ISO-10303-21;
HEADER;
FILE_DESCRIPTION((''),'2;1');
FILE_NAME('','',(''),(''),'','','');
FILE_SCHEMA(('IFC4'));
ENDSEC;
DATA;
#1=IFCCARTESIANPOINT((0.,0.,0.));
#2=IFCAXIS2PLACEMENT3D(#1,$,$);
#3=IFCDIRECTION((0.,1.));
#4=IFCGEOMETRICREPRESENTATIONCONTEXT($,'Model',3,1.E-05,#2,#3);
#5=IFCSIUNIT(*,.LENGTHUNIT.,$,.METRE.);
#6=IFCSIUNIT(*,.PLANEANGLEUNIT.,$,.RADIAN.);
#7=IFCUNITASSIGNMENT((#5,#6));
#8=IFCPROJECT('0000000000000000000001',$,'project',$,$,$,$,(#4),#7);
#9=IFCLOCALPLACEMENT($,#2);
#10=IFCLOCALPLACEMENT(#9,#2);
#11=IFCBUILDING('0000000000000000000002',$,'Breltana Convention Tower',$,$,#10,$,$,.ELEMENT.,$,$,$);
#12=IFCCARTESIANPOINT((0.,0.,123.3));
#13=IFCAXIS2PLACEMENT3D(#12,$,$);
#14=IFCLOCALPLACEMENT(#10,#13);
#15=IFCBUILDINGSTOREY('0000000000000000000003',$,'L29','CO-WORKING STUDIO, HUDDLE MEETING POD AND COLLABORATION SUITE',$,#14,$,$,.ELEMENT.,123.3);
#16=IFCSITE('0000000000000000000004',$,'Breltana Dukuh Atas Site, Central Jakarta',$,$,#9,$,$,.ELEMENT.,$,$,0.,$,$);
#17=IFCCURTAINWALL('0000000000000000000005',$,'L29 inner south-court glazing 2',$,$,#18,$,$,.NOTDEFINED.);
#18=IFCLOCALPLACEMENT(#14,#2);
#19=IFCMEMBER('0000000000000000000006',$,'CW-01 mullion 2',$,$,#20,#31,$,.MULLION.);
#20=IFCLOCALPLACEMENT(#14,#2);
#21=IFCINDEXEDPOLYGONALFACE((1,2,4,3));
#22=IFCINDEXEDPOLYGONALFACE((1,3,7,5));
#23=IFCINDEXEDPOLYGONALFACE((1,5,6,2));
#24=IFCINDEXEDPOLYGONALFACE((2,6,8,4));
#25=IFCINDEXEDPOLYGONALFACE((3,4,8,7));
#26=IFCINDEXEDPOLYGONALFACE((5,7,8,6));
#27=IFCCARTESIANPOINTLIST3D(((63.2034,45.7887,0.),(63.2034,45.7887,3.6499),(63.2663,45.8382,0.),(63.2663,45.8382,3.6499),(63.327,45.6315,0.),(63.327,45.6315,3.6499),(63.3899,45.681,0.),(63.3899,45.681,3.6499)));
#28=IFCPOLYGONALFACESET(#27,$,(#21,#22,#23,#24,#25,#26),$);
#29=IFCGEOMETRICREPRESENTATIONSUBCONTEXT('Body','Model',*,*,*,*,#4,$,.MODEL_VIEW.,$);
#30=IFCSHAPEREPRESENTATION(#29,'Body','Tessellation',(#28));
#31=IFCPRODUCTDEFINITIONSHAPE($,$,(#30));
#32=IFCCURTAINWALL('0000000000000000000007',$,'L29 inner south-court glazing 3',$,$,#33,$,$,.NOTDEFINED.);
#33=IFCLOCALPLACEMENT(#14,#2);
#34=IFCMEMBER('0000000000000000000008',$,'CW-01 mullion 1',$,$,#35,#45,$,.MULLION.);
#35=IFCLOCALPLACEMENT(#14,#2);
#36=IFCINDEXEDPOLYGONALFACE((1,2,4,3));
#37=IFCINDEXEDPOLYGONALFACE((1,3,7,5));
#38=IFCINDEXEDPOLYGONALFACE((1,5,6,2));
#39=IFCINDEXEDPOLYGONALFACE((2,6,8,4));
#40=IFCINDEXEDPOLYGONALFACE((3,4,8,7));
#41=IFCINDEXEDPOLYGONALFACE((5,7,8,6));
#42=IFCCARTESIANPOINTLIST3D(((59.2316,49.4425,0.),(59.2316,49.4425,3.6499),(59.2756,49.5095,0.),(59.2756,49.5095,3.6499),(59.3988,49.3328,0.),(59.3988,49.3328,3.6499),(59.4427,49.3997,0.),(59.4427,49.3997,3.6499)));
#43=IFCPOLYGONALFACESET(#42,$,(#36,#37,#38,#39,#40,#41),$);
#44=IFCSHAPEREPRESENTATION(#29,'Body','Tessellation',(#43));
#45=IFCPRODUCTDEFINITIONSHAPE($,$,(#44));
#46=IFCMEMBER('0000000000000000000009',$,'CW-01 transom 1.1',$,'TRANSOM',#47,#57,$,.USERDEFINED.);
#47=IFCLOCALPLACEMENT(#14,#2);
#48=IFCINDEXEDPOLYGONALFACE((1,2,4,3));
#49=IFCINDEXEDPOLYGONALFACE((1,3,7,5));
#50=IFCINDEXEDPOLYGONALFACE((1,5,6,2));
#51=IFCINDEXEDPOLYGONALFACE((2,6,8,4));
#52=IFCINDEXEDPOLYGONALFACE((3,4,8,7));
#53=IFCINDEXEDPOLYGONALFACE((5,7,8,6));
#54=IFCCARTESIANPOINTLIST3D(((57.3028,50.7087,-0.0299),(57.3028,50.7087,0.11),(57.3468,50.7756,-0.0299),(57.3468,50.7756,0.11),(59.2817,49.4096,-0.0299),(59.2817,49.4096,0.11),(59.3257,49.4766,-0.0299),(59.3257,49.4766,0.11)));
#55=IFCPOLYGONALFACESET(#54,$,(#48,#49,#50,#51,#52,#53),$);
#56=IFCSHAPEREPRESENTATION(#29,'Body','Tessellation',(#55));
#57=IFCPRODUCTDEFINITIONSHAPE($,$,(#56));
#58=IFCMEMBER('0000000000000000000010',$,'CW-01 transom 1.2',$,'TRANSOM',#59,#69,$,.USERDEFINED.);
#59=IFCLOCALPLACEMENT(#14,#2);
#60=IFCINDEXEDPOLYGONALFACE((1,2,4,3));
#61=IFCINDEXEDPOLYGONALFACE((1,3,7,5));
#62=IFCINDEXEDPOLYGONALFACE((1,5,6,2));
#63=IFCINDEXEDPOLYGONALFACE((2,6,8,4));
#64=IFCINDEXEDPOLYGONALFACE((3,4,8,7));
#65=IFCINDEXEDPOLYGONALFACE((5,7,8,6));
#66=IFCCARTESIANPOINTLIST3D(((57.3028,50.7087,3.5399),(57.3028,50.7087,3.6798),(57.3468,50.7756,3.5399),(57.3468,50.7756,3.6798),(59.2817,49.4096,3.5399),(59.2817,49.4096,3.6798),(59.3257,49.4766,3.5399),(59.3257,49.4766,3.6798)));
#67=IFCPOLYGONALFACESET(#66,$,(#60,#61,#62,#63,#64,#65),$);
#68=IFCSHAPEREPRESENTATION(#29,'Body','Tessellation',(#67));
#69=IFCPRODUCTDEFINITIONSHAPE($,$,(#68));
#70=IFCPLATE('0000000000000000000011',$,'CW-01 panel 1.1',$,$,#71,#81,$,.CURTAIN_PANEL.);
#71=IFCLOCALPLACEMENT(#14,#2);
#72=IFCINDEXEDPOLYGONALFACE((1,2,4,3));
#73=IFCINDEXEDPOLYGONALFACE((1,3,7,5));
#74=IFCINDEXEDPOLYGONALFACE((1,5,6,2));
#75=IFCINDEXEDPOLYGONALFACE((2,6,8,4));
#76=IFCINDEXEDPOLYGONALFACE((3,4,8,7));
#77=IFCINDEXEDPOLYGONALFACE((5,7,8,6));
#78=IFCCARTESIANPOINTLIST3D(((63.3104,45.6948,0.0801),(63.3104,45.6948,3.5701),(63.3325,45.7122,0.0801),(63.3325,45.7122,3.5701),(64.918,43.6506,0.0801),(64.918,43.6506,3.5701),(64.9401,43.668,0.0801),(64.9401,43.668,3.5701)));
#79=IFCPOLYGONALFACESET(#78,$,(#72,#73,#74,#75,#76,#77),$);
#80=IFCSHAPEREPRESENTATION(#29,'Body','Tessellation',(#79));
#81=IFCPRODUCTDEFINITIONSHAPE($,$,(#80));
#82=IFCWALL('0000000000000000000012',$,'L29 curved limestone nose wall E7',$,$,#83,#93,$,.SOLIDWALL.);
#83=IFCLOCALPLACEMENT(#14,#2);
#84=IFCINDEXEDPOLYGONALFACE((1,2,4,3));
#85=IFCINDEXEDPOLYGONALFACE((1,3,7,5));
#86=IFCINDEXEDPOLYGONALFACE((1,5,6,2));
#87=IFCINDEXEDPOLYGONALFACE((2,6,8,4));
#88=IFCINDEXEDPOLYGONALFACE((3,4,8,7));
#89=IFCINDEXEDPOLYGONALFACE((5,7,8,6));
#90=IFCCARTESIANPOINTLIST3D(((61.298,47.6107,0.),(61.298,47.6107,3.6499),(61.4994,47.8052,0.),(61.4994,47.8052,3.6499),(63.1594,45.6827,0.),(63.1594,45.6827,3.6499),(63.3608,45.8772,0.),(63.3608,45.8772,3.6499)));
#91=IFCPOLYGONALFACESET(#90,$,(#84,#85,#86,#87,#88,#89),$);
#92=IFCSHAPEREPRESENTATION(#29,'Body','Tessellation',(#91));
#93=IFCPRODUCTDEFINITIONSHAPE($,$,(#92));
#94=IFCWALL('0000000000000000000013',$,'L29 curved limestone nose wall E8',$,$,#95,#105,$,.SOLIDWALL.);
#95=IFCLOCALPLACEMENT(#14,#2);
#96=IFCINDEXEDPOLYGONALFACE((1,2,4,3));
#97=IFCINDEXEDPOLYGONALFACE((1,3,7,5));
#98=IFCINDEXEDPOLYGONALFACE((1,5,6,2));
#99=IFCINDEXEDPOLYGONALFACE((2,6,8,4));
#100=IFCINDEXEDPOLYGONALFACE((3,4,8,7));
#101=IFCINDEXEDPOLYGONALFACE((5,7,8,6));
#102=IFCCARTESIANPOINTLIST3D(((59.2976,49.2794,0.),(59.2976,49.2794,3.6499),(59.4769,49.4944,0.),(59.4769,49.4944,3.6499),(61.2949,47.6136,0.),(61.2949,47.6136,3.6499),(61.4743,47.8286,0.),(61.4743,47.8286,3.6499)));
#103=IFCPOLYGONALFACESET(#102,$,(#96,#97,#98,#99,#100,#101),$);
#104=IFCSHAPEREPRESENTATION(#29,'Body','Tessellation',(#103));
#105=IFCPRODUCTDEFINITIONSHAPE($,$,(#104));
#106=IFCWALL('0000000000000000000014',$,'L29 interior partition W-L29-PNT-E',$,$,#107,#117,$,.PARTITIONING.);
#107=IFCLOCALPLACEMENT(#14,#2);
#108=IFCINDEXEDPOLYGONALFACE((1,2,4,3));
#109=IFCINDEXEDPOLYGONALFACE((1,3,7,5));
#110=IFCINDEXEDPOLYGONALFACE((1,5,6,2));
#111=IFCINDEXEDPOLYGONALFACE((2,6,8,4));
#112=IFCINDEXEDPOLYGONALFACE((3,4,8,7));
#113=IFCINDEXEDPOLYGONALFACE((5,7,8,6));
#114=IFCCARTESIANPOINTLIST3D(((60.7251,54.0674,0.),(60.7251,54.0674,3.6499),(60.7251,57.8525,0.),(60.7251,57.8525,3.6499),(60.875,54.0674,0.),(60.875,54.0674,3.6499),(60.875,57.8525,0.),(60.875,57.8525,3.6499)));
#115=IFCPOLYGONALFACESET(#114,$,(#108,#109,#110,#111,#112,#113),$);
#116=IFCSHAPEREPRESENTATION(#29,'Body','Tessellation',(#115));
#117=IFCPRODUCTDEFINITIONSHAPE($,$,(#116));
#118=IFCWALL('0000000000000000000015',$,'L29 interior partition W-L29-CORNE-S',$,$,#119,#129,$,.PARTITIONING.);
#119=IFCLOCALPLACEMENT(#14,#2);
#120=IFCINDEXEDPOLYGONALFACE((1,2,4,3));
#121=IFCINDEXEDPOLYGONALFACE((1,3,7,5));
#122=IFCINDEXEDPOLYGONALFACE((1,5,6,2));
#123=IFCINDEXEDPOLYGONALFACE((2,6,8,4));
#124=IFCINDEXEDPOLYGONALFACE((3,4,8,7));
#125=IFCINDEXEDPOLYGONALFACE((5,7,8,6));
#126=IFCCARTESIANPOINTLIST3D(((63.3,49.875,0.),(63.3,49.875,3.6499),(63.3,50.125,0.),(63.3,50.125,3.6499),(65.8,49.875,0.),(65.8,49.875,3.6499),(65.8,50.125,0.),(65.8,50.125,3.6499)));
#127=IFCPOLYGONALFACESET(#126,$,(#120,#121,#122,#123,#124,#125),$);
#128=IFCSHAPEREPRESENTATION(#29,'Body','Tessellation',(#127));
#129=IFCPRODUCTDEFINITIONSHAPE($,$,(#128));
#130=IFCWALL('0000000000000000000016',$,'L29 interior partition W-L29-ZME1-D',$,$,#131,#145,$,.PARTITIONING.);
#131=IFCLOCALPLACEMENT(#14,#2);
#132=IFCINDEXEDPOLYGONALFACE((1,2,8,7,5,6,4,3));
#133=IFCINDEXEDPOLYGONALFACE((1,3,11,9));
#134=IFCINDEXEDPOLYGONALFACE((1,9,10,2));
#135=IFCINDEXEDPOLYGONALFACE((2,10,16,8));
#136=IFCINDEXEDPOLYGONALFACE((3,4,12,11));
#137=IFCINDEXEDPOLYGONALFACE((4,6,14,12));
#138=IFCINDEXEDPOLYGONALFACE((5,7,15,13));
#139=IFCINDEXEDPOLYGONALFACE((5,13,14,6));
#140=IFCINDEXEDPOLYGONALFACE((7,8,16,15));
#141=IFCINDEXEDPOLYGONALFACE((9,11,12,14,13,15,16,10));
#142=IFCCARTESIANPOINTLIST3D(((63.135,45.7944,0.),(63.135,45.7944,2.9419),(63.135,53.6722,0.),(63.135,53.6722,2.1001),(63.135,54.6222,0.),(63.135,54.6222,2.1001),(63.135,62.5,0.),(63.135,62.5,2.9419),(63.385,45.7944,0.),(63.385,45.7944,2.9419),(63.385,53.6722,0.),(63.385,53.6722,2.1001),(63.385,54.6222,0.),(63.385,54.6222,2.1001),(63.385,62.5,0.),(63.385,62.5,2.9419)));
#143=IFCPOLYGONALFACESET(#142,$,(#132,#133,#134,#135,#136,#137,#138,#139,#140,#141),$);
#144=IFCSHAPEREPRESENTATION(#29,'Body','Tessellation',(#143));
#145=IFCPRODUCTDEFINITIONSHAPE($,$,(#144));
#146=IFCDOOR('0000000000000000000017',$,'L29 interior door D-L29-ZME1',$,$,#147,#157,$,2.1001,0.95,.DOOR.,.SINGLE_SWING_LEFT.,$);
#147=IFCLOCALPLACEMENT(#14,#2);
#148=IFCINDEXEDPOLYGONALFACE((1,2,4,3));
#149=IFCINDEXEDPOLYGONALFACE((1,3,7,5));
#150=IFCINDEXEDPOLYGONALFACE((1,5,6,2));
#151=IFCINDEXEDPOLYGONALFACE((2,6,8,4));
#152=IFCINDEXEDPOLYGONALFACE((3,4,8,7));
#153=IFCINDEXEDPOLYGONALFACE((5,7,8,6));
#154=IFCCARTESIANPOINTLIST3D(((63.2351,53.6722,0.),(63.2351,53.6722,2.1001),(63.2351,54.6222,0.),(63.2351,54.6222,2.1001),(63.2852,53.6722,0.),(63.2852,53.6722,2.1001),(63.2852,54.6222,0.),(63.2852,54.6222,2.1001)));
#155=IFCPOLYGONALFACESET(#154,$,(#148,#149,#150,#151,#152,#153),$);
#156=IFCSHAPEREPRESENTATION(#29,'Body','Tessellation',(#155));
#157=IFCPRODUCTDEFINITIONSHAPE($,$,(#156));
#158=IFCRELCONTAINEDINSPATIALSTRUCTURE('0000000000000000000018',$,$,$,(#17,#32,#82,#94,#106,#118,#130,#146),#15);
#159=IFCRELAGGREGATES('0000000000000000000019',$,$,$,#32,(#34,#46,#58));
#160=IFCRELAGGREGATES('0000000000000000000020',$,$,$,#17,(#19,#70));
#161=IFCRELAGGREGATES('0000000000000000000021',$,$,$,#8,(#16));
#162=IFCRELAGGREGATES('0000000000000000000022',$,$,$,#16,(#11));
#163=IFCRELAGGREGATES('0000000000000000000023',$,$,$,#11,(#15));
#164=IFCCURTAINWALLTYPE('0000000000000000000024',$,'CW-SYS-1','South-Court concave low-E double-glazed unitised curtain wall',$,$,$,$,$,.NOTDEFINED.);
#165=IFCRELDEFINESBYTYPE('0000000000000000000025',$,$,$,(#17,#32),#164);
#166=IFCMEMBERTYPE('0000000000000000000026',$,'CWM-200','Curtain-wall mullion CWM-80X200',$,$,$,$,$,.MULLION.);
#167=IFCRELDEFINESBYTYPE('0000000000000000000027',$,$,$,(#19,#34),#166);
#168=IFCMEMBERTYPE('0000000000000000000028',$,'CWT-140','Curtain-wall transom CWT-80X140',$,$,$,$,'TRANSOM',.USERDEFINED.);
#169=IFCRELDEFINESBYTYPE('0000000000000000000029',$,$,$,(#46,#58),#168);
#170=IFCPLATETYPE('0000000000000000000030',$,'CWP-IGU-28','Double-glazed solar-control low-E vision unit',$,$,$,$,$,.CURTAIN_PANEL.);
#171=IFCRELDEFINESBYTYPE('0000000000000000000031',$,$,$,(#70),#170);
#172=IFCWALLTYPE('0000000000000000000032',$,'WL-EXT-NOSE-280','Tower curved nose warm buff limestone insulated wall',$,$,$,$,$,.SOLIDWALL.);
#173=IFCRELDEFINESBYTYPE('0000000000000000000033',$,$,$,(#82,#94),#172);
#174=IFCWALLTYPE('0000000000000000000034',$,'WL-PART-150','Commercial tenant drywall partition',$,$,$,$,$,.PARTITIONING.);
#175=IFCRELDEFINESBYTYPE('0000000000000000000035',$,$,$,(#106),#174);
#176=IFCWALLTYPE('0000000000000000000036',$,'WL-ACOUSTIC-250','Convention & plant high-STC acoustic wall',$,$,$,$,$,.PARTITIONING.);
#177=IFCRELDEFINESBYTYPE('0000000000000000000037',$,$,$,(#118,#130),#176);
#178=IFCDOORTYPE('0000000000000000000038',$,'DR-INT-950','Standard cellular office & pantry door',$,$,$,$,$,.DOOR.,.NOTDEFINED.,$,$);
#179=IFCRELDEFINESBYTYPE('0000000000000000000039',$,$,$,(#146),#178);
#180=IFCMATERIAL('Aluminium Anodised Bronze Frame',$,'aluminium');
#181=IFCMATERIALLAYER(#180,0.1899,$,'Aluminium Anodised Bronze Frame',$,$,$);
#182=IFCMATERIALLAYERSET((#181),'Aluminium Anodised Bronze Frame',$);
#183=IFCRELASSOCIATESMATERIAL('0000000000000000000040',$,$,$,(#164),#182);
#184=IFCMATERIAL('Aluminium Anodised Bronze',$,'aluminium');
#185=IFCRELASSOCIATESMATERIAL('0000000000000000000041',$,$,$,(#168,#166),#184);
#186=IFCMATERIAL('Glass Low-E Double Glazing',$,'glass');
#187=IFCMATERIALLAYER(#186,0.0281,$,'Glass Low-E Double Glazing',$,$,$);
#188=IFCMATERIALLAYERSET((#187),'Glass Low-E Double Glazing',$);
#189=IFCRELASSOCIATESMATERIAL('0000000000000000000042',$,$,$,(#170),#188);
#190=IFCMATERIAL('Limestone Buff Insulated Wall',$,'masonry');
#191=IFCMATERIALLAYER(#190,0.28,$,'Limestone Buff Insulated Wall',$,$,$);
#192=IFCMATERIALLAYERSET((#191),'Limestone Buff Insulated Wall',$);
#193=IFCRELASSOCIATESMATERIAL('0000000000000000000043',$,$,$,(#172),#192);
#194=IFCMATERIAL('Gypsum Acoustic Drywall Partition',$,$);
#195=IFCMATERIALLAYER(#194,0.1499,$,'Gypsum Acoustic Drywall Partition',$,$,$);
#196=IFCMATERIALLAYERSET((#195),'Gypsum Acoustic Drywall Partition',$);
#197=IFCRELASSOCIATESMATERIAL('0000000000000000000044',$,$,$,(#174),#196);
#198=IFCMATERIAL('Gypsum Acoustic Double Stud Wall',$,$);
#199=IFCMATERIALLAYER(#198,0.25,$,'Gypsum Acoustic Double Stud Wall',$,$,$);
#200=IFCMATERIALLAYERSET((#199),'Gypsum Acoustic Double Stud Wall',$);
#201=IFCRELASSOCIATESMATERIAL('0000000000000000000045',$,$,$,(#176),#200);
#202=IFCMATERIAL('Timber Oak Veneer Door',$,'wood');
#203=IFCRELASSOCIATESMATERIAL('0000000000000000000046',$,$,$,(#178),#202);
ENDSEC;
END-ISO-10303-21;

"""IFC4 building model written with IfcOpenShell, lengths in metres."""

from ifc_helpers import new_model, si_unit, direction, frame, frame_2d, origin, origin_2d, place, context, subcontext, project, spatial, rectangle, extrude, source, transform, mapped, material, layer, layer_set, material_profile, profile_set, type_object, type_shapes, element, fill, aggregate, save


model = new_model("IFC4")

# Units and contexts
model_context = context("Model", 3, precision=1e-05, world=origin(), true_north=direction((0.0, 1.0)))
body_context = subcontext(model_context, "Body", "Model", "MODEL_VIEW")
ifc_project = project(units=[si_unit("LENGTHUNIT", "METRE"), si_unit("PLANEANGLEUNIT", "RADIAN")], contexts=[model_context])

# Site, building, storey
site_placement = place(None, origin())
site = spatial("IfcSite", under=ifc_project, at=site_placement, Name="Breltana Dukuh Atas Site, Central Jakarta", CompositionType="ELEMENT", RefElevation=0.0)
building_placement = place(site_placement, origin())
building = spatial("IfcBuilding", under=site, at=building_placement, Name="Breltana Convention Tower", CompositionType="ELEMENT")
storey_placement = place(building_placement, frame((0.0, 0.0, 123.3)))
storey = spatial("IfcBuildingStorey", under=building, at=storey_placement, Name="L29", Description="CO-WORKING STUDIO, HUDDLE MEETING POD AND COLLABORATION SUITE", CompositionType="ELEMENT", Elevation=123.3)

# Curtain walls, members
ifc_material_1 = material(Name="Aluminium Anodised Bronze Frame", Category="aluminium")
ifc_layer_1 = layer(ifc_material_1, 0.1899, Name="Aluminium Anodised Bronze Frame")
ifc_layer_set_1 = layer_set([ifc_layer_1], Name="Aluminium Anodised Bronze Frame")
curtain_wall_type = type_object("IfcCurtainWallType", Name="CW-SYS-1", Description="South-Court concave low-E double-glazed unitised curtain wall", PredefinedType="NOTDEFINED", material=ifc_layer_set_1)
curtain_wall_1_placement = place(storey_placement, origin())
curtain_wall_1 = element("IfcCurtainWall", 1, at=curtain_wall_1_placement, inside=storey, type_object=curtain_wall_type, Name="L29 inner south-court glazing 2", PredefinedType="NOTDEFINED")
ifc_material_2 = material(Name="Aluminium Anodised Bronze", Category="aluminium")
ifc_material_profile_1 = material_profile(ifc_material_2, rectangle(XDim=0.0801, YDim=0.1399, at=origin_2d()), Name="CWT-80X140")
ifc_profile_set_1 = profile_set([ifc_material_profile_1], Name="Aluminium Anodised Bronze")
member_type_1 = type_object("IfcMemberType", Name="CWT-140", Description="Curtain-wall transom CWT-80X140", ElementType="TRANSOM", PredefinedType="USERDEFINED", material=ifc_profile_set_1)
ifc_material_profile_2 = material_profile(ifc_material_2, rectangle(XDim=0.0801, YDim=0.2, at=origin_2d()), Name="CWM-80X200")
ifc_profile_set_2 = profile_set([ifc_material_profile_2], Name="Aluminium Anodised Bronze")
member_type_2 = type_object("IfcMemberType", Name="CWM-200", Description="Curtain-wall mullion CWM-80X200", PredefinedType="MULLION", material=ifc_profile_set_2)
shared_shape_1 = source(origin(), body_context, "Body", "SweptSolid", [
    extrude(rectangle(XDim=0.0801, YDim=0.2, at=origin_2d()), origin(), (0.0, 0.0, 1.0), 3.6499),
])
member_1_placement = place(storey_placement, frame((63.2966, 45.7349, 0.0), z_axis=(0.0, 0.0, 1.0), x_axis=(-0.786054, -0.618157, 0.0)))
member_1 = element("IfcMember", 2, at=member_1_placement, type_object=member_type_2, Name="CW-01 mullion 2", PredefinedType="MULLION", context=body_context, shape_type="MappedRepresentation", body=[
    mapped(shared_shape_1, transform((0.0, 0.0, 0.0), scale=1.0)),
])
curtain_wall_2_placement = place(storey_placement, origin())
curtain_wall_2 = element("IfcCurtainWall", 3, at=curtain_wall_2_placement, inside=storey, type_object=curtain_wall_type, Name="L29 inner south-court glazing 3", PredefinedType="NOTDEFINED")
member_2_placement = place(storey_placement, frame((59.3372, 49.4211, 0.0), z_axis=(0.0, 0.0, 1.0), x_axis=(-0.548778, -0.835968, 0.0)))
member_2 = element("IfcMember", 4, at=member_2_placement, type_object=member_type_2, Name="CW-01 mullion 1", PredefinedType="MULLION", context=body_context, shape_type="MappedRepresentation", body=[
    mapped(shared_shape_1, transform((0.0, 0.0, 0.0), scale=1.0)),
])
shared_shape_2 = source(origin(), body_context, "Body", "SweptSolid", [
    extrude(rectangle(XDim=0.0801, YDim=0.1399, at=origin_2d()), origin(), (0.0, 0.0, 1.0), 2.3672),
])
member_3_placement = place(storey_placement, frame((59.3037, 49.4431, 0.04), z_axis=(-0.83598, 0.54876, 0.0), x_axis=(-0.54876, -0.83598, 0.0)))
member_3 = element("IfcMember", 5, at=member_3_placement, type_object=member_type_1, Name="CW-01 transom 1.1", ObjectType="TRANSOM", PredefinedType="USERDEFINED", context=body_context, shape_type="MappedRepresentation", body=[
    mapped(shared_shape_2, transform((0.0, 0.0, 0.0), scale=1.0)),
])
member_4_placement = place(storey_placement, frame((59.3037, 49.4431, 3.6099), z_axis=(-0.83598, 0.54876, 0.0), x_axis=(-0.54876, -0.83598, 0.0)))
member_4 = element("IfcMember", 6, at=member_4_placement, type_object=member_type_1, Name="CW-01 transom 1.2", ObjectType="TRANSOM", PredefinedType="USERDEFINED", context=body_context, shape_type="MappedRepresentation", body=[
    mapped(shared_shape_2, transform((0.0, 0.0, 0.0), scale=1.0)),
])
aggregate(curtain_wall_2, [member_2, member_3, member_4])

# Plate
ifc_material_3 = material(Name="Glass Low-E Double Glazing", Category="glass")
ifc_layer_2 = layer(ifc_material_3, 0.0281, Name="Glass Low-E Double Glazing")
ifc_layer_set_2 = layer_set([ifc_layer_2], Name="Glass Low-E Double Glazing")
plate_type = type_object("IfcPlateType", Name="CWP-IGU-28", Description="Double-glazed solar-control low-E vision unit", PredefinedType="CURTAIN_PANEL", material=ifc_layer_set_2)
shared_shape_3 = source(origin(), body_context, "Body", "SweptSolid", [
    extrude(rectangle(XDim=2.6006, YDim=0.0281, at=origin_2d()), origin(), (0.0, 0.0, 1.0), 3.49),
])
plate_placement = place(storey_placement, frame((64.1252, 44.6814, 0.0801), z_axis=(0.0, 0.0, 1.0), x_axis=(-0.618157, 0.786054, 0.0)))
plate = element("IfcPlate", 7, at=plate_placement, type_object=plate_type, Name="CW-01 panel 1.1", PredefinedType="CURTAIN_PANEL", context=body_context, shape_type="MappedRepresentation", body=[
    mapped(shared_shape_3, transform((0.0, 0.0, 0.0), scale=1.0)),
])
aggregate(curtain_wall_1, [member_1, plate])

# Walls
ifc_material_4 = material(Name="Limestone Buff Insulated Wall", Category="masonry")
ifc_layer_3 = layer(ifc_material_4, 0.28, Name="Limestone Buff Insulated Wall")
ifc_layer_set_3 = layer_set([ifc_layer_3], Name="Limestone Buff Insulated Wall")
wall_type_1 = type_object("IfcWallType", Name="WL-EXT-NOSE-280", Description="Tower curved nose warm buff limestone insulated wall", PredefinedType="SOLIDWALL", material=ifc_layer_set_3)
shared_shape_4 = source(origin(), body_context, "Body", "SweptSolid", [
    extrude(rectangle(XDim=2.6799, YDim=0.28, at=frame_2d((1.3398, 0.0))), origin(), (0.0, 0.0, 1.0), 3.6499),
])
wall_1_placement = place(storey_placement, frame((63.26, 45.78, 0.0), z_axis=(0.0, 0.0, 1.0), x_axis=(-0.694562, 0.719433, 0.0)))
element("IfcWall", 8, at=wall_1_placement, inside=storey, type_object=wall_type_1, Name="L29 curved limestone nose wall E7", PredefinedType="SOLIDWALL", context=body_context, shape_type="MappedRepresentation", body=[
    mapped(shared_shape_4, transform((0.0, 0.0, 0.0), scale=1.0)),
])
shared_shape_5 = source(origin(), body_context, "Body", "SweptSolid", [
    extrude(rectangle(XDim=2.6008, YDim=0.28, at=frame_2d((1.3003, 0.0))), origin(), (0.0, 0.0, 1.0), 3.6499),
])
wall_2_placement = place(storey_placement, frame((61.3845, 47.7212, 0.0), z_axis=(0.0, 0.0, 1.0), x_axis=(-0.767967, 0.640489, 0.0)))
element("IfcWall", 9, at=wall_2_placement, inside=storey, type_object=wall_type_1, Name="L29 curved limestone nose wall E8", PredefinedType="SOLIDWALL", context=body_context, shape_type="MappedRepresentation", body=[
    mapped(shared_shape_5, transform((0.0, 0.0, 0.0), scale=1.0)),
])
ifc_material_5 = material(Name="Gypsum Acoustic Drywall Partition")
ifc_layer_4 = layer(ifc_material_5, 0.1499, Name="Gypsum Acoustic Drywall Partition")
ifc_layer_set_4 = layer_set([ifc_layer_4], Name="Gypsum Acoustic Drywall Partition")
wall_type_2 = type_object("IfcWallType", Name="WL-PART-150", Description="Commercial tenant drywall partition", PredefinedType="PARTITIONING", material=ifc_layer_set_4)
shared_shape_6 = source(origin(), body_context, "Body", "SweptSolid", [
    extrude(rectangle(XDim=3.7852, YDim=0.1499, at=frame_2d((1.8926, 0.0))), origin(), (0.0, 0.0, 1.0), 3.6499),
])
wall_3_placement = place(storey_placement, frame((60.8, 54.0674, 0.0), z_axis=(0.0, 0.0, 1.0), x_axis=(0.0, 1.0, 0.0)))
element("IfcWall", 10, at=wall_3_placement, inside=storey, type_object=wall_type_2, Name="L29 interior partition W-L29-PNT-E", PredefinedType="PARTITIONING", context=body_context, shape_type="MappedRepresentation", body=[
    mapped(shared_shape_6, transform((0.0, 0.0, 0.0), scale=1.0)),
])
ifc_material_6 = material(Name="Gypsum Acoustic Double Stud Wall")
ifc_layer_5 = layer(ifc_material_6, 0.25, Name="Gypsum Acoustic Double Stud Wall")
ifc_layer_set_5 = layer_set([ifc_layer_5], Name="Gypsum Acoustic Double Stud Wall")
wall_type_3 = type_object("IfcWallType", Name="WL-ACOUSTIC-250", Description="Convention & plant high-STC acoustic wall", PredefinedType="PARTITIONING", material=ifc_layer_set_5)
shared_shape_7 = source(origin(), body_context, "Body", "SweptSolid", [
    extrude(rectangle(XDim=2.5, YDim=0.25, at=frame_2d((1.25, 0.0))), origin(), (0.0, 0.0, 1.0), 3.6499),
])
wall_4_placement = place(storey_placement, frame((63.3, 50.0, 0.0), z_axis=(0.0, 0.0, 1.0), x_axis=(1.0, 0.0, 0.0)))
element("IfcWall", 11, at=wall_4_placement, inside=storey, type_object=wall_type_3, Name="L29 interior partition W-L29-CORNE-S", PredefinedType="PARTITIONING", context=body_context, shape_type="MappedRepresentation", body=[
    mapped(shared_shape_7, transform((0.0, 0.0, 0.0), scale=1.0)),
])

# Wall, opening, door
shared_shape_8 = source(origin(), body_context, "Body", "SweptSolid", [
    extrude(rectangle(XDim=16.7056, YDim=0.25, at=frame_2d((8.3528, 0.0))), origin(), (0.0, 0.0, 1.0), 2.9419),
])
wall_5_placement = place(storey_placement, frame((63.26, 45.7944, 0.0), z_axis=(0.0, 0.0, 1.0), x_axis=(0.0, 1.0, 0.0)))
wall_5 = element("IfcWall", 12, at=wall_5_placement, inside=storey, type_object=wall_type_3, Name="L29 interior partition W-L29-ZME1-D", PredefinedType="PARTITIONING", context=body_context, shape_type="MappedRepresentation", body=[
    mapped(shared_shape_8, transform((0.0, 0.0, 0.0), scale=1.0)),
])
opening_placement = place(wall_5_placement, frame((7.8777, 0.0, 0.0)))
opening = element("IfcOpeningElement", 13, at=opening_placement, cuts=wall_5, PredefinedType="OPENING", context=body_context, shape_type="SweptSolid", body=[
    extrude(rectangle(XDim=0.95, YDim=2.1001, at=frame_2d((0.4751, 1.05))), frame((0.0, 0.135, 0.0), z_axis=(0.0, -1.0, 0.0), x_axis=(1.0, 0.0, 0.0)), (0.0, 0.0, 1.0), 0.27),
])
ifc_material_7 = material(Name="Timber Oak Veneer Door", Category="wood")
door_type = type_object("IfcDoorType", Name="DR-INT-950", Description="Standard cellular office & pantry door", OperationType="NOTDEFINED", PredefinedType="DOOR", material=ifc_material_7)
shared_shape_9 = source(origin(), body_context, "Body", "SweptSolid", [
    extrude(rectangle(XDim=0.95, YDim=2.1001, at=frame_2d((0.4751, 1.05))), frame((0.0, 0.0249, 0.0), z_axis=(0.0, -1.0, 0.0), x_axis=(1.0, 0.0, 0.0)), (0.0, 0.0, 1.0), 0.05),
])
type_shapes(door_type, [shared_shape_9])
door_placement = place(opening_placement, origin())
door = element("IfcDoor", 14, at=door_placement, inside=storey, type_object=door_type, Name="L29 interior door D-L29-ZME1", OperationType="SINGLE_SWING_LEFT", OverallHeight=2.1001, OverallWidth=0.95, PredefinedType="DOOR", context=body_context, shape_type="MappedRepresentation", body=[
    mapped(shared_shape_9, transform((0.0, 0.0, 0.0), scale=1.0)),
])
fill(opening, door)

save(model, "model.ifc")
